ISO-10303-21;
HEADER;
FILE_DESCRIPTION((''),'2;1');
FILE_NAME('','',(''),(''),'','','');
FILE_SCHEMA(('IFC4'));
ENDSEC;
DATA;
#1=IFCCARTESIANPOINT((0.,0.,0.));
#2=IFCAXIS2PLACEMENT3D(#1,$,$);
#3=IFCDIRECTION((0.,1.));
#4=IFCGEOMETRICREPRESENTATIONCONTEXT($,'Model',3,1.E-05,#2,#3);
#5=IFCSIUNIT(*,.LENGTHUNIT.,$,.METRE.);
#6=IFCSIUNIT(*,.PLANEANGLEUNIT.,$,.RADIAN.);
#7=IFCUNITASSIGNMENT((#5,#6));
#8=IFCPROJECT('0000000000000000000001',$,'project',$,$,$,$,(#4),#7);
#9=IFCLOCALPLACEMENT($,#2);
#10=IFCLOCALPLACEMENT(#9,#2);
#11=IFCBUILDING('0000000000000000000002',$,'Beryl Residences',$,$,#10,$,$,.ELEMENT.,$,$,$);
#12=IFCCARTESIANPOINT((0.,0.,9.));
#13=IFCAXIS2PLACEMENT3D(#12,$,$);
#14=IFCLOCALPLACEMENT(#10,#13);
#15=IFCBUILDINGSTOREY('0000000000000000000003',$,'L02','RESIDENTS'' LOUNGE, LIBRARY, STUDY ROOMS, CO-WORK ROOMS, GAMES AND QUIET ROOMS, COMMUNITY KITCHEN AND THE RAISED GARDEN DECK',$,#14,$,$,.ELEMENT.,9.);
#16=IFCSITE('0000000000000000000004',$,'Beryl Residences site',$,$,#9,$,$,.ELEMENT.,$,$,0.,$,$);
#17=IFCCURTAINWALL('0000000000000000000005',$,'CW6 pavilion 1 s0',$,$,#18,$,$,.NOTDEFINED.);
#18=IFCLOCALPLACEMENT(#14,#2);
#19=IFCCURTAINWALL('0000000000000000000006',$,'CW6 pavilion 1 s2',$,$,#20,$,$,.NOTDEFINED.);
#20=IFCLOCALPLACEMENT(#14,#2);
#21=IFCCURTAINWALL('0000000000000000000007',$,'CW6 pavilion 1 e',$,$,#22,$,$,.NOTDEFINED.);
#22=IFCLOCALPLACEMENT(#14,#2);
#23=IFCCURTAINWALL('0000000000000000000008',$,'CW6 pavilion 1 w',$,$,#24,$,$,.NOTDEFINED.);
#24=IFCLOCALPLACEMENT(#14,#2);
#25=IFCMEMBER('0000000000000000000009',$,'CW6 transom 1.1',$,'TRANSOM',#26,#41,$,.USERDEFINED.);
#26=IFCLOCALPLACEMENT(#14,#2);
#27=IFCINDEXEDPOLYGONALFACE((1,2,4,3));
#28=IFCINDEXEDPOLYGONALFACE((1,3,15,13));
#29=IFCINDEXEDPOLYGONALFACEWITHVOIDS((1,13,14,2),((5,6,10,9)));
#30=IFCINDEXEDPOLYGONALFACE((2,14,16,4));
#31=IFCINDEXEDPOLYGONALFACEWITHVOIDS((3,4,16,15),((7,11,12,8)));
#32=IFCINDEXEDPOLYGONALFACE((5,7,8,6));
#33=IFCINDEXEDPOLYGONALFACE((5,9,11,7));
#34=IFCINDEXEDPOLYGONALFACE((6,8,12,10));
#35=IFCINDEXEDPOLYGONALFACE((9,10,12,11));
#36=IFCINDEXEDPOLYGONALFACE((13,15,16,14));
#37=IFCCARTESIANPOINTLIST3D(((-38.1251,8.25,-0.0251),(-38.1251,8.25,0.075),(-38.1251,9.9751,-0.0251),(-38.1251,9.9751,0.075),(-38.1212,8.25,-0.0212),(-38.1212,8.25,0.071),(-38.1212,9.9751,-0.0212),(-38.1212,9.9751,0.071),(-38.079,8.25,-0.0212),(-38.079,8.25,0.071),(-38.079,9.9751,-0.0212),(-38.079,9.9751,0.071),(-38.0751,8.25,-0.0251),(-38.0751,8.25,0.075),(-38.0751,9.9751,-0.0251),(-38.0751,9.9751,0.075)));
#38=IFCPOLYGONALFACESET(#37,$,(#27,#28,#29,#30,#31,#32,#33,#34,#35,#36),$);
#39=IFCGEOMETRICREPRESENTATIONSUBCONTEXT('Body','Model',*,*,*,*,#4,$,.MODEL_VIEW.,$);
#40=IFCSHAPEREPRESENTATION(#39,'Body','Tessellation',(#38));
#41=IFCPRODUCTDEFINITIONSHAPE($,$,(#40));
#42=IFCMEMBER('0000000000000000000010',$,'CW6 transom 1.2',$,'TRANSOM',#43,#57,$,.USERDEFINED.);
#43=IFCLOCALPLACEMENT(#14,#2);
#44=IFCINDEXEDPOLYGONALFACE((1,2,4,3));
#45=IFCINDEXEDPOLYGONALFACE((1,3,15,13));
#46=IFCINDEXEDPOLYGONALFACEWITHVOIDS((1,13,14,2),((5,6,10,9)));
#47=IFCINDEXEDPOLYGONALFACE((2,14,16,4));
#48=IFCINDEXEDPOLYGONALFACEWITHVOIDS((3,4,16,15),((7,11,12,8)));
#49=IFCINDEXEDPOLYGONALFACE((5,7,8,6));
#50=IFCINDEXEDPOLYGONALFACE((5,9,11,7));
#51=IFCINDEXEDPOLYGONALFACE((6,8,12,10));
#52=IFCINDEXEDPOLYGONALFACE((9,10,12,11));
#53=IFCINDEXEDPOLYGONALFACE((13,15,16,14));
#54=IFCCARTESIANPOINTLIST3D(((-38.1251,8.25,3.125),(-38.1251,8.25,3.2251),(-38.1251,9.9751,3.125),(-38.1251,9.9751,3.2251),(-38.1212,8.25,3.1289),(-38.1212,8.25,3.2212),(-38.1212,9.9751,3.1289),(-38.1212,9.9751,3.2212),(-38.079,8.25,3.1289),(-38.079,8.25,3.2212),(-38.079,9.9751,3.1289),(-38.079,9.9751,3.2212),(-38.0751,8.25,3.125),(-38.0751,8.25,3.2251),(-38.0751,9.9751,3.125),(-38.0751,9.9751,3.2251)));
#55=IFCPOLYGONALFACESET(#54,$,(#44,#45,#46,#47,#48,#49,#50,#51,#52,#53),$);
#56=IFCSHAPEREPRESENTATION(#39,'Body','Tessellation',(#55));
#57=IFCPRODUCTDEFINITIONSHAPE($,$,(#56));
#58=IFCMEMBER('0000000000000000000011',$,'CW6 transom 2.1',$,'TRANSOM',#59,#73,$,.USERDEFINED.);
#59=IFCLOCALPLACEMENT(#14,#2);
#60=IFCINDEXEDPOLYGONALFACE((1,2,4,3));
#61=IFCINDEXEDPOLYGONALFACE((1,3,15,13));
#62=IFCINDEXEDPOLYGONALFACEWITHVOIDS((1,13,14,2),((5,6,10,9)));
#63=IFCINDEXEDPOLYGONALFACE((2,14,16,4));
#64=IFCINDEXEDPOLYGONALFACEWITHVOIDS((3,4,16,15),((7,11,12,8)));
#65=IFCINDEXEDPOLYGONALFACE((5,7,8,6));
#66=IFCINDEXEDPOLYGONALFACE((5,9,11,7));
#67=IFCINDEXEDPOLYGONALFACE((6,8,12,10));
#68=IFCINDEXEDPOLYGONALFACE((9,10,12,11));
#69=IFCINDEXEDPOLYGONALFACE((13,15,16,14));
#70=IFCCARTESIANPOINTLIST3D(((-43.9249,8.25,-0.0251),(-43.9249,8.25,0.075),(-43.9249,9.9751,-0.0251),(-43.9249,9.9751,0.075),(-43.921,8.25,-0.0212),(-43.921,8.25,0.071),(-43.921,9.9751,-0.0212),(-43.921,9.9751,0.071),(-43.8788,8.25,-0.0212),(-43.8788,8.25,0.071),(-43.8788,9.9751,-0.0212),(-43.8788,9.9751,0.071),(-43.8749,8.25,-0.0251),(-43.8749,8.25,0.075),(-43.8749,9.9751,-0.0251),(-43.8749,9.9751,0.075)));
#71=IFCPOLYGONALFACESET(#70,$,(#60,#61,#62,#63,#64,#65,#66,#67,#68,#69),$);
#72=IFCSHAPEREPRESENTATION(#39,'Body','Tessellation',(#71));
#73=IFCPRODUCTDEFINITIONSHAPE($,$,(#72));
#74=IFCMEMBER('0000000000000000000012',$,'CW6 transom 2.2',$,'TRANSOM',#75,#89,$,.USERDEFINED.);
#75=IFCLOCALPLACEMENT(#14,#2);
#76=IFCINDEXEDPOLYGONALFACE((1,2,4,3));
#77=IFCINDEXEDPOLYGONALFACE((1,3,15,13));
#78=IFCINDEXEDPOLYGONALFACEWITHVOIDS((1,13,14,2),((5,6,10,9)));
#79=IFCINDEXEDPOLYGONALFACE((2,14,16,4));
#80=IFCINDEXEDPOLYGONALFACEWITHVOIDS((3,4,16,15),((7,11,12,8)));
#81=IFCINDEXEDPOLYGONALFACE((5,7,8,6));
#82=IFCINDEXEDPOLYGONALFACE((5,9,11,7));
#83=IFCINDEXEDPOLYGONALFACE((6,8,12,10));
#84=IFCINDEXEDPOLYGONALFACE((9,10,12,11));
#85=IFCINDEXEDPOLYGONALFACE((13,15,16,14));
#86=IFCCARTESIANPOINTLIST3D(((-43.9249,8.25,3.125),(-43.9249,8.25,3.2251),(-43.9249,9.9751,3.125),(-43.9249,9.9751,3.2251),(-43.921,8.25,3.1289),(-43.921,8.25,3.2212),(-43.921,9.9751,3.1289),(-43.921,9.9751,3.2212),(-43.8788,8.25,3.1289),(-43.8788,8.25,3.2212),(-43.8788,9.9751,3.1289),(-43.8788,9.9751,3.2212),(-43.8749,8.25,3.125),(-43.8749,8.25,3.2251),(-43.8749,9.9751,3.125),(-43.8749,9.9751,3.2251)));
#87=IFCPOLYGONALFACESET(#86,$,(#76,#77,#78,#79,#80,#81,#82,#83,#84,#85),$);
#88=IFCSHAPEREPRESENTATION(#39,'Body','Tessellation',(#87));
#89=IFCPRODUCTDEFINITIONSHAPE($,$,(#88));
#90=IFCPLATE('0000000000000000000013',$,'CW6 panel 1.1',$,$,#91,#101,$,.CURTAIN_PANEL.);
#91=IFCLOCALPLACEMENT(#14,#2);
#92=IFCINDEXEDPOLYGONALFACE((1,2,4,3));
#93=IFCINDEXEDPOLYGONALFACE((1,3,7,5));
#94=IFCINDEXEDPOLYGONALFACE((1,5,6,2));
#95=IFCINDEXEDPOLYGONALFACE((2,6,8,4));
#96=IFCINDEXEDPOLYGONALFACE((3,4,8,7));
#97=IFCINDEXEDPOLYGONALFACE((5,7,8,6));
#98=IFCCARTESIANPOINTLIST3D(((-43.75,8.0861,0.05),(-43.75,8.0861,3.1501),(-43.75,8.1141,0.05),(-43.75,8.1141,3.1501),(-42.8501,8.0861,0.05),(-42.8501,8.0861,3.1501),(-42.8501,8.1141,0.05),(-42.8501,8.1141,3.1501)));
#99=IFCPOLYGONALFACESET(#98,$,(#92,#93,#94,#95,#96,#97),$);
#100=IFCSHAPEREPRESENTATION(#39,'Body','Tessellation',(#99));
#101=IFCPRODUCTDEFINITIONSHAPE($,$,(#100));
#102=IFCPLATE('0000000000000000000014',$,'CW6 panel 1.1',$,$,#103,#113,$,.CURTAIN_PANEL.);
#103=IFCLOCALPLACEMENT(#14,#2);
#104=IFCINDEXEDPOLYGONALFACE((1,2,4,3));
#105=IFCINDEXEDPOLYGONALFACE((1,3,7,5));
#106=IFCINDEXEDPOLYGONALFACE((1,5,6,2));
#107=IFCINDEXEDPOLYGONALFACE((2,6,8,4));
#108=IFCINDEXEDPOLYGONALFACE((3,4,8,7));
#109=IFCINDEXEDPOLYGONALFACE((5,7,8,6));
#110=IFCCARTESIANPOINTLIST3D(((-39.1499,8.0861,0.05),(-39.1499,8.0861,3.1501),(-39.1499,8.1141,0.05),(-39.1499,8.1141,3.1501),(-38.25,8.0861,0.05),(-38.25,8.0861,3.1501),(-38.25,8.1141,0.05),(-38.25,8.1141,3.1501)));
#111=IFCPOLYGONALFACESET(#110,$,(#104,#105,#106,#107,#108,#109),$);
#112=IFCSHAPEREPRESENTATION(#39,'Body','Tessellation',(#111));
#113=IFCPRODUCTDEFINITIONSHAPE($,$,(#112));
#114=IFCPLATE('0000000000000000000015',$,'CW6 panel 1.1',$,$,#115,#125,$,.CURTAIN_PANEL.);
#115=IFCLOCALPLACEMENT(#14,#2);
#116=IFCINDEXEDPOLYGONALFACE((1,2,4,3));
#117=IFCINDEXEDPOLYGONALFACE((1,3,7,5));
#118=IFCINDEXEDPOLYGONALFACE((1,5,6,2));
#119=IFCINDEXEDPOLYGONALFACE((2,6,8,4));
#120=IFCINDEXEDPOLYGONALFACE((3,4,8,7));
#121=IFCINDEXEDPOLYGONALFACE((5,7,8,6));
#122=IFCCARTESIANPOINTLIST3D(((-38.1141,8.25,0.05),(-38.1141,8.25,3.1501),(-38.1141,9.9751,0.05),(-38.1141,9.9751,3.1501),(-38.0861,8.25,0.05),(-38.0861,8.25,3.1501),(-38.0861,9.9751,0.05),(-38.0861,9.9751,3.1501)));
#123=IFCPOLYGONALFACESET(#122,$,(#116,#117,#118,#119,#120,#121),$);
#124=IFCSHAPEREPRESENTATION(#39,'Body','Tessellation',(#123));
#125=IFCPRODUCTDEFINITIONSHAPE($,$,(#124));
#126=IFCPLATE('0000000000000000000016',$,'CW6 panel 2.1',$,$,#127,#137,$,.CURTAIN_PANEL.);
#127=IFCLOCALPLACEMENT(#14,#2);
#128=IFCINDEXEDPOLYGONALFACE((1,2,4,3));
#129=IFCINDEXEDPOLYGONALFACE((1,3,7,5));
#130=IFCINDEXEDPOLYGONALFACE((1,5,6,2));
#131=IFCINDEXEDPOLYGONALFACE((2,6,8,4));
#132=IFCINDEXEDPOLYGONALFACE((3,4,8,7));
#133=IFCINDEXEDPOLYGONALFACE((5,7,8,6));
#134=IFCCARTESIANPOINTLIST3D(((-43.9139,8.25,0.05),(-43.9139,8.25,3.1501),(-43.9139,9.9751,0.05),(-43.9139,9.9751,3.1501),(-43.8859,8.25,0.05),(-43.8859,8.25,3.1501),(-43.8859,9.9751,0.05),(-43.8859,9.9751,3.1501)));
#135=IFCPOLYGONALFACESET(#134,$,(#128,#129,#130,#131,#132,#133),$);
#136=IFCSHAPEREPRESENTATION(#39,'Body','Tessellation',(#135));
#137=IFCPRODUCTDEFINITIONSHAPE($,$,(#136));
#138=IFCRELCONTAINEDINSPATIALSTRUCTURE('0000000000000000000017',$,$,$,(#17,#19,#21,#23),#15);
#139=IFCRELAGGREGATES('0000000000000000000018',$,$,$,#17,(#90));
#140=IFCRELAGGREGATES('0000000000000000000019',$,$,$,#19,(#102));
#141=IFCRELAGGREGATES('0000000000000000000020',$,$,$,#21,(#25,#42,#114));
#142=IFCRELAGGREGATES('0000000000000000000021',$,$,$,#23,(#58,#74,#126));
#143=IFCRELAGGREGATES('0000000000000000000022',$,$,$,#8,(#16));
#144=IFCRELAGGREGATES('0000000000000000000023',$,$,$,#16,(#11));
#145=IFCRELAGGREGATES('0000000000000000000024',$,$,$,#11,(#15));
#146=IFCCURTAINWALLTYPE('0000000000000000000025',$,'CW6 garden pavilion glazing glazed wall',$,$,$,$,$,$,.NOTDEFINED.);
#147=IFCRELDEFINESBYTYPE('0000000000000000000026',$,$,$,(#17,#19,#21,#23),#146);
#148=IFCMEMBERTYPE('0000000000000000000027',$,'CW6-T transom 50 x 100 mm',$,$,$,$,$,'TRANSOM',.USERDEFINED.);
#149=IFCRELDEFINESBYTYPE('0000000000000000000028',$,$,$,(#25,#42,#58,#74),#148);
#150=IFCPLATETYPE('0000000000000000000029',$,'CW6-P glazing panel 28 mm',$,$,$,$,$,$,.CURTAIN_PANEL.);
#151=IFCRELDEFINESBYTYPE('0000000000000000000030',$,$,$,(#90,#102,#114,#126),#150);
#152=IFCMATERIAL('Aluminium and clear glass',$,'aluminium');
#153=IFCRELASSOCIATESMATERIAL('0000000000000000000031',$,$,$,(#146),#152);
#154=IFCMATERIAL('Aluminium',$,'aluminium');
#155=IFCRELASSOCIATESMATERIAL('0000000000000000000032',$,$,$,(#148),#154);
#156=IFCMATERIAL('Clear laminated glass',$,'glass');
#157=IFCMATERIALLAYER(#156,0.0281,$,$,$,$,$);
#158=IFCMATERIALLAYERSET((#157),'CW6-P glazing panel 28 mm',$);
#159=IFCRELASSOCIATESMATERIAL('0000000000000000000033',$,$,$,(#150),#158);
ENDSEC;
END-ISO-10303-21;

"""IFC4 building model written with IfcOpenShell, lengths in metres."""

from ifc_helpers import new_model, si_unit, direction, frame, origin, origin_2d, place, context, subcontext, project, spatial, rectangle, hollow_rectangle, extrude, material, layer, layer_set, material_profile, profile_set, type_object, element, aggregate, save


model = new_model("IFC4")

# Units and contexts
model_context = context("Model", 3, precision=1e-05, world=origin(), true_north=direction((0.0, 1.0)))
body_context = subcontext(model_context, "Body", "Model", "MODEL_VIEW")
ifc_project = project(units=[si_unit("LENGTHUNIT", "METRE"), si_unit("PLANEANGLEUNIT", "RADIAN")], contexts=[model_context])

# Site, building, storey
site_placement = place(None, origin())
site = spatial("IfcSite", under=ifc_project, at=site_placement, Name="Beryl Residences site", CompositionType="ELEMENT", RefElevation=0.0)
building_placement = place(site_placement, origin())
building = spatial("IfcBuilding", under=site, at=building_placement, Name="Beryl Residences", CompositionType="ELEMENT")
storey_placement = place(building_placement, frame((0.0, 0.0, 9.0)))
storey = spatial("IfcBuildingStorey", under=building, at=storey_placement, Name="L02", Description="RESIDENTS' LOUNGE, LIBRARY, STUDY ROOMS, CO-WORK ROOMS, GAMES AND QUIET ROOMS, COMMUNITY KITCHEN AND THE RAISED GARDEN DECK", CompositionType="ELEMENT", Elevation=9.0)

# Curtain walls
ifc_material_1 = material(Name="Aluminium and clear glass", Category="aluminium")
curtain_wall_type = type_object("IfcCurtainWallType", Name="CW6 garden pavilion glazing glazed wall", PredefinedType="NOTDEFINED", material=ifc_material_1)
curtain_wall_1_placement = place(storey_placement, origin())
curtain_wall_1 = element("IfcCurtainWall", 1, at=curtain_wall_1_placement, inside=storey, type_object=curtain_wall_type, Name="CW6 pavilion 1 s0", PredefinedType="NOTDEFINED")
curtain_wall_2_placement = place(storey_placement, origin())
curtain_wall_2 = element("IfcCurtainWall", 2, at=curtain_wall_2_placement, inside=storey, type_object=curtain_wall_type, Name="CW6 pavilion 1 s2", PredefinedType="NOTDEFINED")

# Curtain wall
curtain_wall_3_placement = place(storey_placement, origin())
curtain_wall_3 = element("IfcCurtainWall", 3, at=curtain_wall_3_placement, inside=storey, type_object=curtain_wall_type, Name="CW6 pavilion 1 e", PredefinedType="NOTDEFINED")

# Curtain wall
curtain_wall_4_placement = place(storey_placement, origin())
curtain_wall_4 = element("IfcCurtainWall", 4, at=curtain_wall_4_placement, inside=storey, type_object=curtain_wall_type, Name="CW6 pavilion 1 w", PredefinedType="NOTDEFINED")

# Members
ifc_material_2 = material(Name="Aluminium", Category="aluminium")
ifc_material_profile_1 = material_profile(ifc_material_2, hollow_rectangle(XDim=0.05, YDim=0.1001, WallThickness=0.0039, at=origin_2d()))
ifc_profile_set_1 = profile_set([ifc_material_profile_1], Name="Aluminium")
member_type_1 = type_object("IfcMemberType", Name="CW6-T transom 50 x 100 mm", ElementType="TRANSOM", PredefinedType="USERDEFINED", material=ifc_profile_set_1)
member_1_placement = place(storey_placement, frame((-38.1001, 8.25, 0.0249), z_axis=(0.0, 1.0, 0.0), x_axis=(-1.0, 0.0, 0.0)))
member_1 = element("IfcMember", 5, at=member_1_placement, type_object=member_type_1, Name="CW6 transom 1.1", ObjectType="TRANSOM", PredefinedType="USERDEFINED", context=body_context, shape_type="SweptSolid", body=[
    extrude(hollow_rectangle(XDim=0.05, YDim=0.1001, WallThickness=0.0039, at=origin_2d()), origin(), (0.0, 0.0, 1.0), 1.7251),
])
member_2_placement = place(storey_placement, frame((-38.1001, 8.25, 3.175), z_axis=(0.0, 1.0, 0.0), x_axis=(-1.0, 0.0, 0.0)))
member_2 = element("IfcMember", 6, at=member_2_placement, type_object=member_type_1, Name="CW6 transom 1.2", ObjectType="TRANSOM", PredefinedType="USERDEFINED", context=body_context, shape_type="SweptSolid", body=[
    extrude(hollow_rectangle(XDim=0.05, YDim=0.1001, WallThickness=0.0039, at=origin_2d()), origin(), (0.0, 0.0, 1.0), 1.7251),
])
member_3_placement = place(storey_placement, frame((-43.8999, 9.9751, 0.0249), z_axis=(0.0, -1.0, 0.0), x_axis=(1.0, 0.0, 0.0)))
member_3 = element("IfcMember", 7, at=member_3_placement, type_object=member_type_1, Name="CW6 transom 2.1", ObjectType="TRANSOM", PredefinedType="USERDEFINED", context=body_context, shape_type="SweptSolid", body=[
    extrude(hollow_rectangle(XDim=0.05, YDim=0.1001, WallThickness=0.0039, at=origin_2d()), origin(), (0.0, 0.0, 1.0), 1.7251),
])
member_4_placement = place(storey_placement, frame((-43.8999, 9.9751, 3.175), z_axis=(0.0, -1.0, 0.0), x_axis=(1.0, 0.0, 0.0)))
member_4 = element("IfcMember", 8, at=member_4_placement, type_object=member_type_1, Name="CW6 transom 2.2", ObjectType="TRANSOM", PredefinedType="USERDEFINED", context=body_context, shape_type="SweptSolid", body=[
    extrude(hollow_rectangle(XDim=0.05, YDim=0.1001, WallThickness=0.0039, at=origin_2d()), origin(), (0.0, 0.0, 1.0), 1.7251),
])

# Plates
ifc_material_3 = material(Name="Clear laminated glass", Category="glass")
ifc_layer_1 = layer(ifc_material_3, 0.0281)
ifc_layer_set_1 = layer_set([ifc_layer_1], Name="CW6-P glazing panel 28 mm")
plate_type = type_object("IfcPlateType", Name="CW6-P glazing panel 28 mm", PredefinedType="CURTAIN_PANEL", material=ifc_layer_set_1)
plate_1_placement = place(storey_placement, frame((-43.3, 8.1001, 0.05), z_axis=(0.0, 0.0, 1.0), x_axis=(1.0, 0.0, 0.0)))
plate_1 = element("IfcPlate", 9, at=plate_1_placement, type_object=plate_type, Name="CW6 panel 1.1", PredefinedType="CURTAIN_PANEL", context=body_context, shape_type="SweptSolid", body=[
    extrude(rectangle(XDim=0.8999, YDim=0.0281, at=origin_2d()), origin(), (0.0, 0.0, 1.0), 3.1001),
])
aggregate(curtain_wall_1, [plate_1])
plate_2_placement = place(storey_placement, frame((-38.7, 8.1001, 0.05), z_axis=(0.0, 0.0, 1.0), x_axis=(1.0, 0.0, 0.0)))
plate_2 = element("IfcPlate", 10, at=plate_2_placement, type_object=plate_type, Name="CW6 panel 1.1", PredefinedType="CURTAIN_PANEL", context=body_context, shape_type="SweptSolid", body=[
    extrude(rectangle(XDim=0.8999, YDim=0.0281, at=origin_2d()), origin(), (0.0, 0.0, 1.0), 3.1001),
])
aggregate(curtain_wall_2, [plate_2])
plate_3_placement = place(storey_placement, frame((-38.1001, 9.1125, 0.05), z_axis=(0.0, 0.0, 1.0), x_axis=(0.0, 1.0, 0.0)))
plate_3 = element("IfcPlate", 11, at=plate_3_placement, type_object=plate_type, Name="CW6 panel 1.1", PredefinedType="CURTAIN_PANEL", context=body_context, shape_type="SweptSolid", body=[
    extrude(rectangle(XDim=1.7251, YDim=0.0281, at=origin_2d()), origin(), (0.0, 0.0, 1.0), 3.1001),
])
aggregate(curtain_wall_3, [member_1, member_2, plate_3])
plate_4_placement = place(storey_placement, frame((-43.8999, 9.1125, 0.05), z_axis=(0.0, 0.0, 1.0), x_axis=(0.0, -1.0, 0.0)))
plate_4 = element("IfcPlate", 12, at=plate_4_placement, type_object=plate_type, Name="CW6 panel 2.1", PredefinedType="CURTAIN_PANEL", context=body_context, shape_type="SweptSolid", body=[
    extrude(rectangle(XDim=1.7251, YDim=0.0281, at=origin_2d()), origin(), (0.0, 0.0, 1.0), 3.1001),
])
aggregate(curtain_wall_4, [member_3, member_4, plate_4])

save(model, "model.ifc")
